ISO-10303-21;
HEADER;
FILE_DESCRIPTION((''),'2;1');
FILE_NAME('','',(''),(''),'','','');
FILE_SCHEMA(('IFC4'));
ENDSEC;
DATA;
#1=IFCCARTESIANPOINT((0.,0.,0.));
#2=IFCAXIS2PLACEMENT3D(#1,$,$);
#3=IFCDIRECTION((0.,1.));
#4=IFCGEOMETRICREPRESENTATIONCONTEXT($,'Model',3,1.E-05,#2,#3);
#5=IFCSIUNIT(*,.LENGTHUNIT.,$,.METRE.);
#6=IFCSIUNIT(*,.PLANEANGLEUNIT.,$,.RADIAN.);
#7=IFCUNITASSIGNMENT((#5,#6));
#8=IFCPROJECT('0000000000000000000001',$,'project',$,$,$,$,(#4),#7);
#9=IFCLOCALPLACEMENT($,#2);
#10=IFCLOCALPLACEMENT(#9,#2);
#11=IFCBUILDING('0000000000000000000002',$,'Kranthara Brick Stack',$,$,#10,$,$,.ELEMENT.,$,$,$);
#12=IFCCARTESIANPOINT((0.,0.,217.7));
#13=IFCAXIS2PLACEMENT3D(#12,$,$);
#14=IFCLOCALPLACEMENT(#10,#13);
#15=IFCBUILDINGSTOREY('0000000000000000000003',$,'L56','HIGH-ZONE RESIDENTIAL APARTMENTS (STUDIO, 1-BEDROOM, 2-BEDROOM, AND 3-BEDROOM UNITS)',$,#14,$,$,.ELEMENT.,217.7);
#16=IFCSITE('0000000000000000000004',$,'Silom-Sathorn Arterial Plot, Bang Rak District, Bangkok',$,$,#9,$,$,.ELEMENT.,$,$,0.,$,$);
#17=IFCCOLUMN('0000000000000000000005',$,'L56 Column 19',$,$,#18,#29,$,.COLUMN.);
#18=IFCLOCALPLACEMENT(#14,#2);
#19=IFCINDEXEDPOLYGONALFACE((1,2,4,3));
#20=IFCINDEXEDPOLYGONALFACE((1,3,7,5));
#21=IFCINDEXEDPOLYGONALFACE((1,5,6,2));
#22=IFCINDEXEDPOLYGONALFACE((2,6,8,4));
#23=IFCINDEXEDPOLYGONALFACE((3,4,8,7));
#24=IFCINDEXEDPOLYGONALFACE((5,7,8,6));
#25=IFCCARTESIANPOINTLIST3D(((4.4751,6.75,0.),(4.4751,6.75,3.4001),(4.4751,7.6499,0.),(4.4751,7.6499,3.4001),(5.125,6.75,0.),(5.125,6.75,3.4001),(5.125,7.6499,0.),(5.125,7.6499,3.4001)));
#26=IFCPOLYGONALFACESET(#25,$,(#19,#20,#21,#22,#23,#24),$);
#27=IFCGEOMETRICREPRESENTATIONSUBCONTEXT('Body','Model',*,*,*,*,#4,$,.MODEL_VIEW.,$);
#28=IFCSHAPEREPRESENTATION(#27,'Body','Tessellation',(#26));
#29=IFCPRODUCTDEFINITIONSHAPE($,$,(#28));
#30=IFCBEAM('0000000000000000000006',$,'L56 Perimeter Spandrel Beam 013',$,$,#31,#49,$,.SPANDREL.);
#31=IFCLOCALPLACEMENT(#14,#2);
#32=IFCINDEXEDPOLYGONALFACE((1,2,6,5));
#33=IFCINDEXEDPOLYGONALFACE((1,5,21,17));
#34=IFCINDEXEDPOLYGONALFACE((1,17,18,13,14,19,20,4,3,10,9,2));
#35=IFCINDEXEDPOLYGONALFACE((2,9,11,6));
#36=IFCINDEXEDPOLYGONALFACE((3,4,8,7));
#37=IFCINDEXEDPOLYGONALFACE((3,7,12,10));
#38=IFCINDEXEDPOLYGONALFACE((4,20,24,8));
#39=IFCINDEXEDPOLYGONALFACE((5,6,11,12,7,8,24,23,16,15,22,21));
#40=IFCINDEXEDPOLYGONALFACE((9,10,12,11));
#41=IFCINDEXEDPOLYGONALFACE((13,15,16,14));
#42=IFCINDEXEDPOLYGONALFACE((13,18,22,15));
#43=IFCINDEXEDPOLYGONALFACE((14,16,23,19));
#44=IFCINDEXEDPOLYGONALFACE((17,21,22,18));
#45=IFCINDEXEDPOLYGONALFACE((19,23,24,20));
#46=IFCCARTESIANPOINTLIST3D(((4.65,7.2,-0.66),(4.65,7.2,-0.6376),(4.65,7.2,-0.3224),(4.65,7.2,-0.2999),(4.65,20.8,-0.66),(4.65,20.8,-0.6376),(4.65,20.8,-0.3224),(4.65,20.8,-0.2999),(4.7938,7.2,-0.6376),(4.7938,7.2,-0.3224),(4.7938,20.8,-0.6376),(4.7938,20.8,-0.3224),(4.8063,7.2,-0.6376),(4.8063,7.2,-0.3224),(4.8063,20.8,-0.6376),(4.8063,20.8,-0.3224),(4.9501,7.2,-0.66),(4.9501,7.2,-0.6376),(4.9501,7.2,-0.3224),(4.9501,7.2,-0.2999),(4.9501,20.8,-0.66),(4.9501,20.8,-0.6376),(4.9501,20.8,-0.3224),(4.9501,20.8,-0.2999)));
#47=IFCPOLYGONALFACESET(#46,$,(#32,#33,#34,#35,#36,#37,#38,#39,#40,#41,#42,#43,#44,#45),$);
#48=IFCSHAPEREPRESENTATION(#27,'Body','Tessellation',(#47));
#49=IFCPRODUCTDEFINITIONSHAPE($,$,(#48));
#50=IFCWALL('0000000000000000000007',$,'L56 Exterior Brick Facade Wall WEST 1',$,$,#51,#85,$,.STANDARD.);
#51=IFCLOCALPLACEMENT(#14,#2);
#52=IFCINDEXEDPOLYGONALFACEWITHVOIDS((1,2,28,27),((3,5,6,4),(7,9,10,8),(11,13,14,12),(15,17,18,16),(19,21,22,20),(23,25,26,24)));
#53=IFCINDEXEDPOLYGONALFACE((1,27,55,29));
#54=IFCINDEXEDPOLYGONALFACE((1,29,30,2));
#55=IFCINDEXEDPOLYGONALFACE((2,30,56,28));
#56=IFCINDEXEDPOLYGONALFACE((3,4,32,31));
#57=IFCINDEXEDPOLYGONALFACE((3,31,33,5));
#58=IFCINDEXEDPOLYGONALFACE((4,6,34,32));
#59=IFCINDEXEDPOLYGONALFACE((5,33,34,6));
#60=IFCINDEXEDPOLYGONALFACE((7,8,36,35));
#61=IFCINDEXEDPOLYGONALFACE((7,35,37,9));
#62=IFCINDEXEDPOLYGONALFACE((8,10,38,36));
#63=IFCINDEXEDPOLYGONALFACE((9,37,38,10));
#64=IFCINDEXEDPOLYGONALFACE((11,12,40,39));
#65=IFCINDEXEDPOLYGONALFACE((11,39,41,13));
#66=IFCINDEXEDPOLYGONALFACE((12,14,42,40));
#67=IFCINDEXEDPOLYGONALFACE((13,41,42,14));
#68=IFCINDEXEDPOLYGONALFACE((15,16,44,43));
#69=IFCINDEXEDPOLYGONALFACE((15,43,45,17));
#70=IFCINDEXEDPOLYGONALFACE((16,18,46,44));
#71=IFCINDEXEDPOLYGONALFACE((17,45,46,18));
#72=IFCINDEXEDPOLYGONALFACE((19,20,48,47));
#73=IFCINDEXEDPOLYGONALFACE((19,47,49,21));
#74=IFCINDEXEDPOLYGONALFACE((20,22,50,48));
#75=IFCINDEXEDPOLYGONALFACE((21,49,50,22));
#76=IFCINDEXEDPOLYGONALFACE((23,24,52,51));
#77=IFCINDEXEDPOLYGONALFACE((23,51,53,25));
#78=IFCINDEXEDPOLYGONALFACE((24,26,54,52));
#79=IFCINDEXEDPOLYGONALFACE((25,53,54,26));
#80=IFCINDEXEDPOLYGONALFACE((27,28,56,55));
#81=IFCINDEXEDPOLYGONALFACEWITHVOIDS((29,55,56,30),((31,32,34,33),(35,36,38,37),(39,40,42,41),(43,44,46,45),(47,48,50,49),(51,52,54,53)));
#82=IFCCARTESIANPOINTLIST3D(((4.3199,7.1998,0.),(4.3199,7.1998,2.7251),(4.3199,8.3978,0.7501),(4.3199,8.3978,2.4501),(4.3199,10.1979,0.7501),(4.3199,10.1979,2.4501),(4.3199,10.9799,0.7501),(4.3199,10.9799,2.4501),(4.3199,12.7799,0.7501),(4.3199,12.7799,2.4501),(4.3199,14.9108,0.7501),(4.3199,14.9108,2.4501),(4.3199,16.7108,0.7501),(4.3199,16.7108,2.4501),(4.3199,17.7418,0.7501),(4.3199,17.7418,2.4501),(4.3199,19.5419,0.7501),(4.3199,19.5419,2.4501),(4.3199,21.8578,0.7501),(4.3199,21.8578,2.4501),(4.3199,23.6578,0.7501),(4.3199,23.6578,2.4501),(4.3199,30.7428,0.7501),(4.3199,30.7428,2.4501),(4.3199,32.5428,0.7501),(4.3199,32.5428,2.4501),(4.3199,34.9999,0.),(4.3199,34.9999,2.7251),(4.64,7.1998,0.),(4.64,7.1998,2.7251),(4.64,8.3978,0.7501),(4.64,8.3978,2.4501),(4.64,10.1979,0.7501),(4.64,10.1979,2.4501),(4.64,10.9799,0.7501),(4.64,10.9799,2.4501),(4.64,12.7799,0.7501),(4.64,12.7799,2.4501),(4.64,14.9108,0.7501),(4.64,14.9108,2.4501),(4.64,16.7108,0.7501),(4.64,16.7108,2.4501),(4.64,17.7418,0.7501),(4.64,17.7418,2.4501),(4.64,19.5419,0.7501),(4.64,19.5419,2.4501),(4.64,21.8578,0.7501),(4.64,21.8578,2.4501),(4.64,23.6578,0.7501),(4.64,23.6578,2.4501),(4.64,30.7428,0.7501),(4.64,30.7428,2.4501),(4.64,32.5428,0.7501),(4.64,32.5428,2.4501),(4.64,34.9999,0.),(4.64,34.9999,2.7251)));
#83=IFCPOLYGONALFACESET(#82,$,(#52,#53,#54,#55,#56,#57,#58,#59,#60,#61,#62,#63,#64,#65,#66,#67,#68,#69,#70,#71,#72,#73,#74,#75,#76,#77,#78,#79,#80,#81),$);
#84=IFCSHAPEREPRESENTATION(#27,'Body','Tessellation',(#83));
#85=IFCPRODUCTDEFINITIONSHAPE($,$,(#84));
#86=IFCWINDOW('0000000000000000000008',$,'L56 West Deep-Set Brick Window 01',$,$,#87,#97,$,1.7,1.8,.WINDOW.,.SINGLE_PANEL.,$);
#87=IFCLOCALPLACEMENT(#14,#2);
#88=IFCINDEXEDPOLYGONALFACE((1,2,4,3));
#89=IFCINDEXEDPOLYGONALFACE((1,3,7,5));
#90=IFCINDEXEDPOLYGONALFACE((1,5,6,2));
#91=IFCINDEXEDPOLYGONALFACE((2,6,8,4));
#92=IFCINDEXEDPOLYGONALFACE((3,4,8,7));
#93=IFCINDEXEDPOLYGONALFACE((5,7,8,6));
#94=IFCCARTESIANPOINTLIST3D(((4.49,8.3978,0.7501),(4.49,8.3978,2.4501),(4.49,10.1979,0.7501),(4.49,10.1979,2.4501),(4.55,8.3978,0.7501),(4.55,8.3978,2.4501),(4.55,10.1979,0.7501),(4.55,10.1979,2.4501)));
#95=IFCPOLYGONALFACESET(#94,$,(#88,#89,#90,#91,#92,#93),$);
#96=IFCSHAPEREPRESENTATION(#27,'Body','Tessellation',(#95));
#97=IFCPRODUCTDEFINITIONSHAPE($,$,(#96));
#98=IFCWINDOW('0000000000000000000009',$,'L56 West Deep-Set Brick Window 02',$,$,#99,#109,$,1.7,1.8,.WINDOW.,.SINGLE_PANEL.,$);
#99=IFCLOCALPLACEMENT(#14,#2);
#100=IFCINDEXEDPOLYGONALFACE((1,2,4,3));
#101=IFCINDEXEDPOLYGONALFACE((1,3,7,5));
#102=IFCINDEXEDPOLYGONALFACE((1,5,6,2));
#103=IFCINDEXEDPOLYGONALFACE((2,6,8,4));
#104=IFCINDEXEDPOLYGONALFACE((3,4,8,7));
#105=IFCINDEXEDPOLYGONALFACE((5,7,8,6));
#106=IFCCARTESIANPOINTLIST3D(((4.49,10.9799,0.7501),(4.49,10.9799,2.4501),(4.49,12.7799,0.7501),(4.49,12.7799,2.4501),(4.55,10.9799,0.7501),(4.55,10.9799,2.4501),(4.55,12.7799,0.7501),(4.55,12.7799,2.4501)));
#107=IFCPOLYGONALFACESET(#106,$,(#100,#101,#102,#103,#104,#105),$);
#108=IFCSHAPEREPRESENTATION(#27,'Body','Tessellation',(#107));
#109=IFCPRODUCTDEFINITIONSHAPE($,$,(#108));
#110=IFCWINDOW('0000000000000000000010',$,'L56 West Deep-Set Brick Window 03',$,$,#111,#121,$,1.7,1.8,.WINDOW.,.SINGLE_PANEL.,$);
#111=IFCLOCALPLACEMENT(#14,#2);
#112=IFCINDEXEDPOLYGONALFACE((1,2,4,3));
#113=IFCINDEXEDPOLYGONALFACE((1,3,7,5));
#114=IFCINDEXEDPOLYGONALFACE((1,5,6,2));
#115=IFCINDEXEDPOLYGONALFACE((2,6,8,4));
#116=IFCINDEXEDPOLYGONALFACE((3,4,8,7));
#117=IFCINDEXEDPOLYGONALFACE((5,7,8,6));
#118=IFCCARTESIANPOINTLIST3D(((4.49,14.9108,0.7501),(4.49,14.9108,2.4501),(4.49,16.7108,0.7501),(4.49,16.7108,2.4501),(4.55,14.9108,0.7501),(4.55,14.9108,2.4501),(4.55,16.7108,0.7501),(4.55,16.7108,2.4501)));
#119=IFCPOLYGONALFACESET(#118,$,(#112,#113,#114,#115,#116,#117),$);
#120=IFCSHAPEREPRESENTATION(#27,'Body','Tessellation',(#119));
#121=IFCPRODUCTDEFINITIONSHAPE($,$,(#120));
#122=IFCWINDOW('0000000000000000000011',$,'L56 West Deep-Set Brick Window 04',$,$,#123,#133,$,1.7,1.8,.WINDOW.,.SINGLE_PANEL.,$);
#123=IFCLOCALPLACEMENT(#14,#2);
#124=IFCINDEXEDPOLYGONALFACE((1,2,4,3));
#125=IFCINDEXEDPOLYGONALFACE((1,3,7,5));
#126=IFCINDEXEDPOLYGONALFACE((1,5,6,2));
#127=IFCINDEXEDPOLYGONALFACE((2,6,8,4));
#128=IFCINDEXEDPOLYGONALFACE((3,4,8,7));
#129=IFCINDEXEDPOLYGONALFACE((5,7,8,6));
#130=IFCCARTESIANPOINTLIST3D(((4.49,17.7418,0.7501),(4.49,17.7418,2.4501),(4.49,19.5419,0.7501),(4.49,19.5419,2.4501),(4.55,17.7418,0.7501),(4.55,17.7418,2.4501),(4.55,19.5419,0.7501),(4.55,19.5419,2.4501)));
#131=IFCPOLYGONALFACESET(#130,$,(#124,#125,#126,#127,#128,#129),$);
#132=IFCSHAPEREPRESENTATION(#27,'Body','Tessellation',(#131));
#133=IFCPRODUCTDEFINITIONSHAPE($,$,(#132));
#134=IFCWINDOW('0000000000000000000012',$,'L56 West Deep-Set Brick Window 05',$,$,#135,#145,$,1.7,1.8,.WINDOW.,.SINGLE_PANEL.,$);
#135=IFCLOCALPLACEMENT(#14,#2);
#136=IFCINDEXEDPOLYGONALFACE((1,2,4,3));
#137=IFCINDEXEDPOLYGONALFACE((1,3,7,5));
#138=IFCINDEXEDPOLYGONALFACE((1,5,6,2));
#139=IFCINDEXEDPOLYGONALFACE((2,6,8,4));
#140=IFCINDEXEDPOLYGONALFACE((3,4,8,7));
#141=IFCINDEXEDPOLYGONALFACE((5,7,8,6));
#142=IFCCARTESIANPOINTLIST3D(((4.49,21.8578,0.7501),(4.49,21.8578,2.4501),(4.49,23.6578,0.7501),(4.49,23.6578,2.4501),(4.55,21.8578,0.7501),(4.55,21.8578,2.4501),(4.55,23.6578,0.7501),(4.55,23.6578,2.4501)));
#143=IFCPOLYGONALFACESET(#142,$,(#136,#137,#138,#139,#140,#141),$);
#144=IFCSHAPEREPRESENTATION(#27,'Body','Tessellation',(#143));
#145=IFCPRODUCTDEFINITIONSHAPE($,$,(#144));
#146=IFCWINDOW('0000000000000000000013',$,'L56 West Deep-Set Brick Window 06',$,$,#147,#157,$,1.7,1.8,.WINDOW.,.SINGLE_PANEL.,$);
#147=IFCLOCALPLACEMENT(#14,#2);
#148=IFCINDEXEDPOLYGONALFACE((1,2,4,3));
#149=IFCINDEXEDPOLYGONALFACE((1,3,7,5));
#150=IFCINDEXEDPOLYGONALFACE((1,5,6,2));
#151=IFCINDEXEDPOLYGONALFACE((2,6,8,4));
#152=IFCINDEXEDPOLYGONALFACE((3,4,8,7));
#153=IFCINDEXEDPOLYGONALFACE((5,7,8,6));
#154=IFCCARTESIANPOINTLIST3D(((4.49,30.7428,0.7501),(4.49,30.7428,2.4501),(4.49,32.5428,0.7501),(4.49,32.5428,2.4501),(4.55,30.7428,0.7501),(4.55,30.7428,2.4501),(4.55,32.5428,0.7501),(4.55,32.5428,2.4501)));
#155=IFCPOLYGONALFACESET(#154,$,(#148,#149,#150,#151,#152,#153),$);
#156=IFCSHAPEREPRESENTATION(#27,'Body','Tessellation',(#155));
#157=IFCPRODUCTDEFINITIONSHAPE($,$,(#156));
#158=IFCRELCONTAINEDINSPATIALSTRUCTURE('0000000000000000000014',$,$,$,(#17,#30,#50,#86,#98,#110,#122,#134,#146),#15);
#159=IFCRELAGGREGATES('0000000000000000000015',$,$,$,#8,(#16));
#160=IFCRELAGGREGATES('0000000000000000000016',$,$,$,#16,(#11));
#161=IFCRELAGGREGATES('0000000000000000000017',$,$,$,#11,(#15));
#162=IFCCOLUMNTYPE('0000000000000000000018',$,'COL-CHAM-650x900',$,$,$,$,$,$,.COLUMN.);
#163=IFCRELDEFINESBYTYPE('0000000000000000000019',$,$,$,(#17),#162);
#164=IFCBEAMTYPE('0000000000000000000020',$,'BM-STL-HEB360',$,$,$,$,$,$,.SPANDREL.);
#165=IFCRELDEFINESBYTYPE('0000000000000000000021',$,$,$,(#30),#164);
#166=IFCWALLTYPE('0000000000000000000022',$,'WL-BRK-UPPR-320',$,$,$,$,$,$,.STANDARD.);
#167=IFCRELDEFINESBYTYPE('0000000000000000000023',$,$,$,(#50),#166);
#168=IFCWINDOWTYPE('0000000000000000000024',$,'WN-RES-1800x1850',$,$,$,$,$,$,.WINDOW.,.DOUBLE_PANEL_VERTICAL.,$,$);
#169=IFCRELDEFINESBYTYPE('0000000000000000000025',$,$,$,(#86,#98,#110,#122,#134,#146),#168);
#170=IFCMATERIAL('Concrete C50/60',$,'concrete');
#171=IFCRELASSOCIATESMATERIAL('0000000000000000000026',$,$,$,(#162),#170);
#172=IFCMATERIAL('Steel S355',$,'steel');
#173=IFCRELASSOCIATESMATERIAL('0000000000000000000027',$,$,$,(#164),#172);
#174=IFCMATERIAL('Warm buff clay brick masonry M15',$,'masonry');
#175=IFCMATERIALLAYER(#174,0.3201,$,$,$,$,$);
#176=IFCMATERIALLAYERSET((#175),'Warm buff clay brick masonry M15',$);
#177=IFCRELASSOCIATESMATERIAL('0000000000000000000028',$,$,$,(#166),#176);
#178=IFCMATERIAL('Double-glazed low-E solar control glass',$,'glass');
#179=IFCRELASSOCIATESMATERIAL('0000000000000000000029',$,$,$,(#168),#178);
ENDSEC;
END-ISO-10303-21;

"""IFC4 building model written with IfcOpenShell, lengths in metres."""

from ifc_helpers import new_model, si_unit, direction, frame, frame_2d, origin, origin_2d, place, context, subcontext, project, spatial, rectangle, i_section, extrude, material, layer, layer_set, material_profile, profile_set, type_object, element, fill, save


model = new_model("IFC4")

# Units and contexts
model_context = context("Model", 3, precision=1e-05, world=origin(), true_north=direction((0.0, 1.0)))
body_context = subcontext(model_context, "Body", "Model", "MODEL_VIEW")
ifc_project = project(units=[si_unit("LENGTHUNIT", "METRE"), si_unit("PLANEANGLEUNIT", "RADIAN")], contexts=[model_context])

# Site, building, storey
site_placement = place(None, origin())
site = spatial("IfcSite", under=ifc_project, at=site_placement, Name="Silom-Sathorn Arterial Plot, Bang Rak District, Bangkok", CompositionType="ELEMENT", RefElevation=0.0)
building_placement = place(site_placement, origin())
building = spatial("IfcBuilding", under=site, at=building_placement, Name="Kranthara Brick Stack", CompositionType="ELEMENT")
storey_placement = place(building_placement, frame((0.0, 0.0, 217.7)))
storey = spatial("IfcBuildingStorey", under=building, at=storey_placement, Name="L56", Description="HIGH-ZONE RESIDENTIAL APARTMENTS (STUDIO, 1-BEDROOM, 2-BEDROOM, AND 3-BEDROOM UNITS)", CompositionType="ELEMENT", Elevation=217.7)

# Column
ifc_material_1 = material(Name="Concrete C50/60", Category="concrete")
ifc_material_profile_1 = material_profile(ifc_material_1, rectangle(XDim=0.6499, YDim=0.8999, at=origin_2d()), Name="RC 650x900")
ifc_profile_set_1 = profile_set([ifc_material_profile_1], Name="Concrete C50/60")
column_type = type_object("IfcColumnType", Name="COL-CHAM-650x900", PredefinedType="COLUMN", material=ifc_profile_set_1)
column_placement = place(storey_placement, frame((4.8, 7.2, 0.0), z_axis=(0.0, 0.0, 1.0), x_axis=(1.0, 0.0, 0.0)))
element("IfcColumn", 1, at=column_placement, inside=storey, type_object=column_type, Name="L56 Column 19", PredefinedType="COLUMN", context=body_context, shape_type="SweptSolid", body=[
    extrude(rectangle(XDim=0.6499, YDim=0.8999, at=origin_2d()), origin(), (0.0, 0.0, 1.0), 3.4001),
])

# Beam
ifc_material_2 = material(Name="Steel S355", Category="steel")
ifc_material_profile_2 = material_profile(ifc_material_2, i_section(OverallWidth=0.3, OverallDepth=0.3601, WebThickness=0.0125, FlangeThickness=0.0225, at=origin_2d()), Name="HEB 360")
ifc_profile_set_2 = profile_set([ifc_material_profile_2], Name="Steel S355")
beam_type = type_object("IfcBeamType", Name="BM-STL-HEB360", PredefinedType="SPANDREL", material=ifc_profile_set_2)
beam_placement = place(storey_placement, frame((4.8, 7.2, -0.48), z_axis=(0.0, 1.0, 0.0), x_axis=(-1.0, 0.0, 0.0)))
element("IfcBeam", 2, at=beam_placement, inside=storey, type_object=beam_type, Name="L56 Perimeter Spandrel Beam 013", PredefinedType="SPANDREL", context=body_context, shape_type="SweptSolid", body=[
    extrude(i_section(OverallWidth=0.3, OverallDepth=0.3601, WebThickness=0.0125, FlangeThickness=0.0225, at=origin_2d()), origin(), (0.0, 0.0, 1.0), 13.6001),
])

# Wall, openings, windows
ifc_material_3 = material(Name="Warm buff clay brick masonry M15", Category="masonry")
ifc_layer_1 = layer(ifc_material_3, 0.3201)
ifc_layer_set_1 = layer_set([ifc_layer_1], Name="Warm buff clay brick masonry M15")
wall_type_1 = type_object("IfcWallType", Name="WL-BRK-UPPR-320", PredefinedType="STANDARD", material=ifc_layer_set_1)
wall_1_placement = place(storey_placement, frame((4.48, 7.2, 0.0), z_axis=(0.0, 0.0, 1.0), x_axis=(0.0, 1.0, 0.0)))
wall_1 = element("IfcWall", 3, at=wall_1_placement, inside=storey, type_object=wall_type_1, Name="L56 Exterior Brick Facade Wall WEST 1", PredefinedType="STANDARD", context=body_context, shape_type="SweptSolid", body=[
    extrude(rectangle(XDim=27.8, YDim=0.3201, at=frame_2d((13.8999, 0.0))), origin(), (0.0, 0.0, 1.0), 2.7251),
])
opening_1_placement = place(wall_1_placement, frame((1.198, 0.0, 0.75)))
opening_1 = element("IfcOpeningElement", 4, at=opening_1_placement, cuts=wall_1, PredefinedType="OPENING", context=body_context, shape_type="SweptSolid", body=[
    extrude(rectangle(XDim=1.8, YDim=1.7, at=frame_2d((0.8999, 0.8501))), frame((0.0, 0.1699, 0.0), z_axis=(0.0, -1.0, 0.0), x_axis=(1.0, 0.0, 0.0)), (0.0, 0.0, 1.0), 0.3401),
])
opening_2_placement = place(wall_1_placement, frame((3.78, 0.0, 0.75)))
opening_2 = element("IfcOpeningElement", 5, at=opening_2_placement, cuts=wall_1, PredefinedType="OPENING", context=body_context, shape_type="SweptSolid", body=[
    extrude(rectangle(XDim=1.8, YDim=1.7, at=frame_2d((0.8999, 0.8501))), frame((0.0, 0.1699, 0.0), z_axis=(0.0, -1.0, 0.0), x_axis=(1.0, 0.0, 0.0)), (0.0, 0.0, 1.0), 0.3401),
])
opening_3_placement = place(wall_1_placement, frame((7.7109, 0.0, 0.75)))
opening_3 = element("IfcOpeningElement", 6, at=opening_3_placement, cuts=wall_1, PredefinedType="OPENING", context=body_context, shape_type="SweptSolid", body=[
    extrude(rectangle(XDim=1.8, YDim=1.7, at=frame_2d((0.8999, 0.8501))), frame((0.0, 0.1699, 0.0), z_axis=(0.0, -1.0, 0.0), x_axis=(1.0, 0.0, 0.0)), (0.0, 0.0, 1.0), 0.3401),
])
opening_4_placement = place(wall_1_placement, frame((10.542, 0.0, 0.75)))
opening_4 = element("IfcOpeningElement", 7, at=opening_4_placement, cuts=wall_1, PredefinedType="OPENING", context=body_context, shape_type="SweptSolid", body=[
    extrude(rectangle(XDim=1.8, YDim=1.7, at=frame_2d((0.8999, 0.8501))), frame((0.0, 0.1699, 0.0), z_axis=(0.0, -1.0, 0.0), x_axis=(1.0, 0.0, 0.0)), (0.0, 0.0, 1.0), 0.3401),
])
opening_5_placement = place(wall_1_placement, frame((14.658, 0.0, 0.75)))
opening_5 = element("IfcOpeningElement", 8, at=opening_5_placement, cuts=wall_1, PredefinedType="OPENING", context=body_context, shape_type="SweptSolid", body=[
    extrude(rectangle(XDim=1.8, YDim=1.7, at=frame_2d((0.8999, 0.8501))), frame((0.0, 0.1699, 0.0), z_axis=(0.0, -1.0, 0.0), x_axis=(1.0, 0.0, 0.0)), (0.0, 0.0, 1.0), 0.3401),
])
opening_6_placement = place(wall_1_placement, frame((23.543, 0.0, 0.75)))
opening_6 = element("IfcOpeningElement", 9, at=opening_6_placement, cuts=wall_1, PredefinedType="OPENING", context=body_context, shape_type="SweptSolid", body=[
    extrude(rectangle(XDim=1.8, YDim=1.7, at=frame_2d((0.8999, 0.8501))), frame((0.0, 0.1699, 0.0), z_axis=(0.0, -1.0, 0.0), x_axis=(1.0, 0.0, 0.0)), (0.0, 0.0, 1.0), 0.3401),
])
ifc_material_4 = material(Name="Double-glazed low-E solar control glass", Category="glass")
window_type = type_object("IfcWindowType", Name="WN-RES-1800x1850", PartitioningType="DOUBLE_PANEL_VERTICAL", PredefinedType="WINDOW", material=ifc_material_4)
window_1_placement = place(opening_1_placement, origin())
window_1 = element("IfcWindow", 10, at=window_1_placement, inside=storey, type_object=window_type, Name="L56 West Deep-Set Brick Window 01", OverallHeight=1.7, OverallWidth=1.8, PartitioningType="SINGLE_PANEL", PredefinedType="WINDOW", context=body_context, shape_type="SweptSolid", body=[
    extrude(rectangle(XDim=1.8, YDim=1.7, at=frame_2d((0.8999, 0.8501))), frame((0.0, -0.01, 0.0), z_axis=(0.0, -1.0, 0.0), x_axis=(1.0, 0.0, 0.0)), (0.0, 0.0, 1.0), 0.0601),
])
fill(opening_1, window_1)
window_2_placement = place(opening_2_placement, origin())
window_2 = element("IfcWindow", 11, at=window_2_placement, inside=storey, type_object=window_type, Name="L56 West Deep-Set Brick Window 02", OverallHeight=1.7, OverallWidth=1.8, PartitioningType="SINGLE_PANEL", PredefinedType="WINDOW", context=body_context, shape_type="SweptSolid", body=[
    extrude(rectangle(XDim=1.8, YDim=1.7, at=frame_2d((0.8999, 0.8501))), frame((0.0, -0.01, 0.0), z_axis=(0.0, -1.0, 0.0), x_axis=(1.0, 0.0, 0.0)), (0.0, 0.0, 1.0), 0.0601),
])
fill(opening_2, window_2)
window_3_placement = place(opening_3_placement, origin())
window_3 = element("IfcWindow", 12, at=window_3_placement, inside=storey, type_object=window_type, Name="L56 West Deep-Set Brick Window 03", OverallHeight=1.7, OverallWidth=1.8, PartitioningType="SINGLE_PANEL", PredefinedType="WINDOW", context=body_context, shape_type="SweptSolid", body=[
    extrude(rectangle(XDim=1.8, YDim=1.7, at=frame_2d((0.8999, 0.8501))), frame((0.0, -0.01, 0.0), z_axis=(0.0, -1.0, 0.0), x_axis=(1.0, 0.0, 0.0)), (0.0, 0.0, 1.0), 0.0601),
])
fill(opening_3, window_3)
window_4_placement = place(opening_4_placement, origin())
window_4 = element("IfcWindow", 13, at=window_4_placement, inside=storey, type_object=window_type, Name="L56 West Deep-Set Brick Window 04", OverallHeight=1.7, OverallWidth=1.8, PartitioningType="SINGLE_PANEL", PredefinedType="WINDOW", context=body_context, shape_type="SweptSolid", body=[
    extrude(rectangle(XDim=1.8, YDim=1.7, at=frame_2d((0.8999, 0.8501))), frame((0.0, -0.01, 0.0), z_axis=(0.0, -1.0, 0.0), x_axis=(1.0, 0.0, 0.0)), (0.0, 0.0, 1.0), 0.0601),
])
fill(opening_4, window_4)
window_5_placement = place(opening_5_placement, origin())
window_5 = element("IfcWindow", 14, at=window_5_placement, inside=storey, type_object=window_type, Name="L56 West Deep-Set Brick Window 05", OverallHeight=1.7, OverallWidth=1.8, PartitioningType="SINGLE_PANEL", PredefinedType="WINDOW", context=body_context, shape_type="SweptSolid", body=[
    extrude(rectangle(XDim=1.8, YDim=1.7, at=frame_2d((0.8999, 0.8501))), frame((0.0, -0.01, 0.0), z_axis=(0.0, -1.0, 0.0), x_axis=(1.0, 0.0, 0.0)), (0.0, 0.0, 1.0), 0.0601),
])
fill(opening_5, window_5)
window_6_placement = place(opening_6_placement, origin())
window_6 = element("IfcWindow", 15, at=window_6_placement, inside=storey, type_object=window_type, Name="L56 West Deep-Set Brick Window 06", OverallHeight=1.7, OverallWidth=1.8, PartitioningType="SINGLE_PANEL", PredefinedType="WINDOW", context=body_context, shape_type="SweptSolid", body=[
    extrude(rectangle(XDim=1.8, YDim=1.7, at=frame_2d((0.8999, 0.8501))), frame((0.0, -0.01, 0.0), z_axis=(0.0, -1.0, 0.0), x_axis=(1.0, 0.0, 0.0)), (0.0, 0.0, 1.0), 0.0601),
])
fill(opening_6, window_6)

save(model, "model.ifc")
